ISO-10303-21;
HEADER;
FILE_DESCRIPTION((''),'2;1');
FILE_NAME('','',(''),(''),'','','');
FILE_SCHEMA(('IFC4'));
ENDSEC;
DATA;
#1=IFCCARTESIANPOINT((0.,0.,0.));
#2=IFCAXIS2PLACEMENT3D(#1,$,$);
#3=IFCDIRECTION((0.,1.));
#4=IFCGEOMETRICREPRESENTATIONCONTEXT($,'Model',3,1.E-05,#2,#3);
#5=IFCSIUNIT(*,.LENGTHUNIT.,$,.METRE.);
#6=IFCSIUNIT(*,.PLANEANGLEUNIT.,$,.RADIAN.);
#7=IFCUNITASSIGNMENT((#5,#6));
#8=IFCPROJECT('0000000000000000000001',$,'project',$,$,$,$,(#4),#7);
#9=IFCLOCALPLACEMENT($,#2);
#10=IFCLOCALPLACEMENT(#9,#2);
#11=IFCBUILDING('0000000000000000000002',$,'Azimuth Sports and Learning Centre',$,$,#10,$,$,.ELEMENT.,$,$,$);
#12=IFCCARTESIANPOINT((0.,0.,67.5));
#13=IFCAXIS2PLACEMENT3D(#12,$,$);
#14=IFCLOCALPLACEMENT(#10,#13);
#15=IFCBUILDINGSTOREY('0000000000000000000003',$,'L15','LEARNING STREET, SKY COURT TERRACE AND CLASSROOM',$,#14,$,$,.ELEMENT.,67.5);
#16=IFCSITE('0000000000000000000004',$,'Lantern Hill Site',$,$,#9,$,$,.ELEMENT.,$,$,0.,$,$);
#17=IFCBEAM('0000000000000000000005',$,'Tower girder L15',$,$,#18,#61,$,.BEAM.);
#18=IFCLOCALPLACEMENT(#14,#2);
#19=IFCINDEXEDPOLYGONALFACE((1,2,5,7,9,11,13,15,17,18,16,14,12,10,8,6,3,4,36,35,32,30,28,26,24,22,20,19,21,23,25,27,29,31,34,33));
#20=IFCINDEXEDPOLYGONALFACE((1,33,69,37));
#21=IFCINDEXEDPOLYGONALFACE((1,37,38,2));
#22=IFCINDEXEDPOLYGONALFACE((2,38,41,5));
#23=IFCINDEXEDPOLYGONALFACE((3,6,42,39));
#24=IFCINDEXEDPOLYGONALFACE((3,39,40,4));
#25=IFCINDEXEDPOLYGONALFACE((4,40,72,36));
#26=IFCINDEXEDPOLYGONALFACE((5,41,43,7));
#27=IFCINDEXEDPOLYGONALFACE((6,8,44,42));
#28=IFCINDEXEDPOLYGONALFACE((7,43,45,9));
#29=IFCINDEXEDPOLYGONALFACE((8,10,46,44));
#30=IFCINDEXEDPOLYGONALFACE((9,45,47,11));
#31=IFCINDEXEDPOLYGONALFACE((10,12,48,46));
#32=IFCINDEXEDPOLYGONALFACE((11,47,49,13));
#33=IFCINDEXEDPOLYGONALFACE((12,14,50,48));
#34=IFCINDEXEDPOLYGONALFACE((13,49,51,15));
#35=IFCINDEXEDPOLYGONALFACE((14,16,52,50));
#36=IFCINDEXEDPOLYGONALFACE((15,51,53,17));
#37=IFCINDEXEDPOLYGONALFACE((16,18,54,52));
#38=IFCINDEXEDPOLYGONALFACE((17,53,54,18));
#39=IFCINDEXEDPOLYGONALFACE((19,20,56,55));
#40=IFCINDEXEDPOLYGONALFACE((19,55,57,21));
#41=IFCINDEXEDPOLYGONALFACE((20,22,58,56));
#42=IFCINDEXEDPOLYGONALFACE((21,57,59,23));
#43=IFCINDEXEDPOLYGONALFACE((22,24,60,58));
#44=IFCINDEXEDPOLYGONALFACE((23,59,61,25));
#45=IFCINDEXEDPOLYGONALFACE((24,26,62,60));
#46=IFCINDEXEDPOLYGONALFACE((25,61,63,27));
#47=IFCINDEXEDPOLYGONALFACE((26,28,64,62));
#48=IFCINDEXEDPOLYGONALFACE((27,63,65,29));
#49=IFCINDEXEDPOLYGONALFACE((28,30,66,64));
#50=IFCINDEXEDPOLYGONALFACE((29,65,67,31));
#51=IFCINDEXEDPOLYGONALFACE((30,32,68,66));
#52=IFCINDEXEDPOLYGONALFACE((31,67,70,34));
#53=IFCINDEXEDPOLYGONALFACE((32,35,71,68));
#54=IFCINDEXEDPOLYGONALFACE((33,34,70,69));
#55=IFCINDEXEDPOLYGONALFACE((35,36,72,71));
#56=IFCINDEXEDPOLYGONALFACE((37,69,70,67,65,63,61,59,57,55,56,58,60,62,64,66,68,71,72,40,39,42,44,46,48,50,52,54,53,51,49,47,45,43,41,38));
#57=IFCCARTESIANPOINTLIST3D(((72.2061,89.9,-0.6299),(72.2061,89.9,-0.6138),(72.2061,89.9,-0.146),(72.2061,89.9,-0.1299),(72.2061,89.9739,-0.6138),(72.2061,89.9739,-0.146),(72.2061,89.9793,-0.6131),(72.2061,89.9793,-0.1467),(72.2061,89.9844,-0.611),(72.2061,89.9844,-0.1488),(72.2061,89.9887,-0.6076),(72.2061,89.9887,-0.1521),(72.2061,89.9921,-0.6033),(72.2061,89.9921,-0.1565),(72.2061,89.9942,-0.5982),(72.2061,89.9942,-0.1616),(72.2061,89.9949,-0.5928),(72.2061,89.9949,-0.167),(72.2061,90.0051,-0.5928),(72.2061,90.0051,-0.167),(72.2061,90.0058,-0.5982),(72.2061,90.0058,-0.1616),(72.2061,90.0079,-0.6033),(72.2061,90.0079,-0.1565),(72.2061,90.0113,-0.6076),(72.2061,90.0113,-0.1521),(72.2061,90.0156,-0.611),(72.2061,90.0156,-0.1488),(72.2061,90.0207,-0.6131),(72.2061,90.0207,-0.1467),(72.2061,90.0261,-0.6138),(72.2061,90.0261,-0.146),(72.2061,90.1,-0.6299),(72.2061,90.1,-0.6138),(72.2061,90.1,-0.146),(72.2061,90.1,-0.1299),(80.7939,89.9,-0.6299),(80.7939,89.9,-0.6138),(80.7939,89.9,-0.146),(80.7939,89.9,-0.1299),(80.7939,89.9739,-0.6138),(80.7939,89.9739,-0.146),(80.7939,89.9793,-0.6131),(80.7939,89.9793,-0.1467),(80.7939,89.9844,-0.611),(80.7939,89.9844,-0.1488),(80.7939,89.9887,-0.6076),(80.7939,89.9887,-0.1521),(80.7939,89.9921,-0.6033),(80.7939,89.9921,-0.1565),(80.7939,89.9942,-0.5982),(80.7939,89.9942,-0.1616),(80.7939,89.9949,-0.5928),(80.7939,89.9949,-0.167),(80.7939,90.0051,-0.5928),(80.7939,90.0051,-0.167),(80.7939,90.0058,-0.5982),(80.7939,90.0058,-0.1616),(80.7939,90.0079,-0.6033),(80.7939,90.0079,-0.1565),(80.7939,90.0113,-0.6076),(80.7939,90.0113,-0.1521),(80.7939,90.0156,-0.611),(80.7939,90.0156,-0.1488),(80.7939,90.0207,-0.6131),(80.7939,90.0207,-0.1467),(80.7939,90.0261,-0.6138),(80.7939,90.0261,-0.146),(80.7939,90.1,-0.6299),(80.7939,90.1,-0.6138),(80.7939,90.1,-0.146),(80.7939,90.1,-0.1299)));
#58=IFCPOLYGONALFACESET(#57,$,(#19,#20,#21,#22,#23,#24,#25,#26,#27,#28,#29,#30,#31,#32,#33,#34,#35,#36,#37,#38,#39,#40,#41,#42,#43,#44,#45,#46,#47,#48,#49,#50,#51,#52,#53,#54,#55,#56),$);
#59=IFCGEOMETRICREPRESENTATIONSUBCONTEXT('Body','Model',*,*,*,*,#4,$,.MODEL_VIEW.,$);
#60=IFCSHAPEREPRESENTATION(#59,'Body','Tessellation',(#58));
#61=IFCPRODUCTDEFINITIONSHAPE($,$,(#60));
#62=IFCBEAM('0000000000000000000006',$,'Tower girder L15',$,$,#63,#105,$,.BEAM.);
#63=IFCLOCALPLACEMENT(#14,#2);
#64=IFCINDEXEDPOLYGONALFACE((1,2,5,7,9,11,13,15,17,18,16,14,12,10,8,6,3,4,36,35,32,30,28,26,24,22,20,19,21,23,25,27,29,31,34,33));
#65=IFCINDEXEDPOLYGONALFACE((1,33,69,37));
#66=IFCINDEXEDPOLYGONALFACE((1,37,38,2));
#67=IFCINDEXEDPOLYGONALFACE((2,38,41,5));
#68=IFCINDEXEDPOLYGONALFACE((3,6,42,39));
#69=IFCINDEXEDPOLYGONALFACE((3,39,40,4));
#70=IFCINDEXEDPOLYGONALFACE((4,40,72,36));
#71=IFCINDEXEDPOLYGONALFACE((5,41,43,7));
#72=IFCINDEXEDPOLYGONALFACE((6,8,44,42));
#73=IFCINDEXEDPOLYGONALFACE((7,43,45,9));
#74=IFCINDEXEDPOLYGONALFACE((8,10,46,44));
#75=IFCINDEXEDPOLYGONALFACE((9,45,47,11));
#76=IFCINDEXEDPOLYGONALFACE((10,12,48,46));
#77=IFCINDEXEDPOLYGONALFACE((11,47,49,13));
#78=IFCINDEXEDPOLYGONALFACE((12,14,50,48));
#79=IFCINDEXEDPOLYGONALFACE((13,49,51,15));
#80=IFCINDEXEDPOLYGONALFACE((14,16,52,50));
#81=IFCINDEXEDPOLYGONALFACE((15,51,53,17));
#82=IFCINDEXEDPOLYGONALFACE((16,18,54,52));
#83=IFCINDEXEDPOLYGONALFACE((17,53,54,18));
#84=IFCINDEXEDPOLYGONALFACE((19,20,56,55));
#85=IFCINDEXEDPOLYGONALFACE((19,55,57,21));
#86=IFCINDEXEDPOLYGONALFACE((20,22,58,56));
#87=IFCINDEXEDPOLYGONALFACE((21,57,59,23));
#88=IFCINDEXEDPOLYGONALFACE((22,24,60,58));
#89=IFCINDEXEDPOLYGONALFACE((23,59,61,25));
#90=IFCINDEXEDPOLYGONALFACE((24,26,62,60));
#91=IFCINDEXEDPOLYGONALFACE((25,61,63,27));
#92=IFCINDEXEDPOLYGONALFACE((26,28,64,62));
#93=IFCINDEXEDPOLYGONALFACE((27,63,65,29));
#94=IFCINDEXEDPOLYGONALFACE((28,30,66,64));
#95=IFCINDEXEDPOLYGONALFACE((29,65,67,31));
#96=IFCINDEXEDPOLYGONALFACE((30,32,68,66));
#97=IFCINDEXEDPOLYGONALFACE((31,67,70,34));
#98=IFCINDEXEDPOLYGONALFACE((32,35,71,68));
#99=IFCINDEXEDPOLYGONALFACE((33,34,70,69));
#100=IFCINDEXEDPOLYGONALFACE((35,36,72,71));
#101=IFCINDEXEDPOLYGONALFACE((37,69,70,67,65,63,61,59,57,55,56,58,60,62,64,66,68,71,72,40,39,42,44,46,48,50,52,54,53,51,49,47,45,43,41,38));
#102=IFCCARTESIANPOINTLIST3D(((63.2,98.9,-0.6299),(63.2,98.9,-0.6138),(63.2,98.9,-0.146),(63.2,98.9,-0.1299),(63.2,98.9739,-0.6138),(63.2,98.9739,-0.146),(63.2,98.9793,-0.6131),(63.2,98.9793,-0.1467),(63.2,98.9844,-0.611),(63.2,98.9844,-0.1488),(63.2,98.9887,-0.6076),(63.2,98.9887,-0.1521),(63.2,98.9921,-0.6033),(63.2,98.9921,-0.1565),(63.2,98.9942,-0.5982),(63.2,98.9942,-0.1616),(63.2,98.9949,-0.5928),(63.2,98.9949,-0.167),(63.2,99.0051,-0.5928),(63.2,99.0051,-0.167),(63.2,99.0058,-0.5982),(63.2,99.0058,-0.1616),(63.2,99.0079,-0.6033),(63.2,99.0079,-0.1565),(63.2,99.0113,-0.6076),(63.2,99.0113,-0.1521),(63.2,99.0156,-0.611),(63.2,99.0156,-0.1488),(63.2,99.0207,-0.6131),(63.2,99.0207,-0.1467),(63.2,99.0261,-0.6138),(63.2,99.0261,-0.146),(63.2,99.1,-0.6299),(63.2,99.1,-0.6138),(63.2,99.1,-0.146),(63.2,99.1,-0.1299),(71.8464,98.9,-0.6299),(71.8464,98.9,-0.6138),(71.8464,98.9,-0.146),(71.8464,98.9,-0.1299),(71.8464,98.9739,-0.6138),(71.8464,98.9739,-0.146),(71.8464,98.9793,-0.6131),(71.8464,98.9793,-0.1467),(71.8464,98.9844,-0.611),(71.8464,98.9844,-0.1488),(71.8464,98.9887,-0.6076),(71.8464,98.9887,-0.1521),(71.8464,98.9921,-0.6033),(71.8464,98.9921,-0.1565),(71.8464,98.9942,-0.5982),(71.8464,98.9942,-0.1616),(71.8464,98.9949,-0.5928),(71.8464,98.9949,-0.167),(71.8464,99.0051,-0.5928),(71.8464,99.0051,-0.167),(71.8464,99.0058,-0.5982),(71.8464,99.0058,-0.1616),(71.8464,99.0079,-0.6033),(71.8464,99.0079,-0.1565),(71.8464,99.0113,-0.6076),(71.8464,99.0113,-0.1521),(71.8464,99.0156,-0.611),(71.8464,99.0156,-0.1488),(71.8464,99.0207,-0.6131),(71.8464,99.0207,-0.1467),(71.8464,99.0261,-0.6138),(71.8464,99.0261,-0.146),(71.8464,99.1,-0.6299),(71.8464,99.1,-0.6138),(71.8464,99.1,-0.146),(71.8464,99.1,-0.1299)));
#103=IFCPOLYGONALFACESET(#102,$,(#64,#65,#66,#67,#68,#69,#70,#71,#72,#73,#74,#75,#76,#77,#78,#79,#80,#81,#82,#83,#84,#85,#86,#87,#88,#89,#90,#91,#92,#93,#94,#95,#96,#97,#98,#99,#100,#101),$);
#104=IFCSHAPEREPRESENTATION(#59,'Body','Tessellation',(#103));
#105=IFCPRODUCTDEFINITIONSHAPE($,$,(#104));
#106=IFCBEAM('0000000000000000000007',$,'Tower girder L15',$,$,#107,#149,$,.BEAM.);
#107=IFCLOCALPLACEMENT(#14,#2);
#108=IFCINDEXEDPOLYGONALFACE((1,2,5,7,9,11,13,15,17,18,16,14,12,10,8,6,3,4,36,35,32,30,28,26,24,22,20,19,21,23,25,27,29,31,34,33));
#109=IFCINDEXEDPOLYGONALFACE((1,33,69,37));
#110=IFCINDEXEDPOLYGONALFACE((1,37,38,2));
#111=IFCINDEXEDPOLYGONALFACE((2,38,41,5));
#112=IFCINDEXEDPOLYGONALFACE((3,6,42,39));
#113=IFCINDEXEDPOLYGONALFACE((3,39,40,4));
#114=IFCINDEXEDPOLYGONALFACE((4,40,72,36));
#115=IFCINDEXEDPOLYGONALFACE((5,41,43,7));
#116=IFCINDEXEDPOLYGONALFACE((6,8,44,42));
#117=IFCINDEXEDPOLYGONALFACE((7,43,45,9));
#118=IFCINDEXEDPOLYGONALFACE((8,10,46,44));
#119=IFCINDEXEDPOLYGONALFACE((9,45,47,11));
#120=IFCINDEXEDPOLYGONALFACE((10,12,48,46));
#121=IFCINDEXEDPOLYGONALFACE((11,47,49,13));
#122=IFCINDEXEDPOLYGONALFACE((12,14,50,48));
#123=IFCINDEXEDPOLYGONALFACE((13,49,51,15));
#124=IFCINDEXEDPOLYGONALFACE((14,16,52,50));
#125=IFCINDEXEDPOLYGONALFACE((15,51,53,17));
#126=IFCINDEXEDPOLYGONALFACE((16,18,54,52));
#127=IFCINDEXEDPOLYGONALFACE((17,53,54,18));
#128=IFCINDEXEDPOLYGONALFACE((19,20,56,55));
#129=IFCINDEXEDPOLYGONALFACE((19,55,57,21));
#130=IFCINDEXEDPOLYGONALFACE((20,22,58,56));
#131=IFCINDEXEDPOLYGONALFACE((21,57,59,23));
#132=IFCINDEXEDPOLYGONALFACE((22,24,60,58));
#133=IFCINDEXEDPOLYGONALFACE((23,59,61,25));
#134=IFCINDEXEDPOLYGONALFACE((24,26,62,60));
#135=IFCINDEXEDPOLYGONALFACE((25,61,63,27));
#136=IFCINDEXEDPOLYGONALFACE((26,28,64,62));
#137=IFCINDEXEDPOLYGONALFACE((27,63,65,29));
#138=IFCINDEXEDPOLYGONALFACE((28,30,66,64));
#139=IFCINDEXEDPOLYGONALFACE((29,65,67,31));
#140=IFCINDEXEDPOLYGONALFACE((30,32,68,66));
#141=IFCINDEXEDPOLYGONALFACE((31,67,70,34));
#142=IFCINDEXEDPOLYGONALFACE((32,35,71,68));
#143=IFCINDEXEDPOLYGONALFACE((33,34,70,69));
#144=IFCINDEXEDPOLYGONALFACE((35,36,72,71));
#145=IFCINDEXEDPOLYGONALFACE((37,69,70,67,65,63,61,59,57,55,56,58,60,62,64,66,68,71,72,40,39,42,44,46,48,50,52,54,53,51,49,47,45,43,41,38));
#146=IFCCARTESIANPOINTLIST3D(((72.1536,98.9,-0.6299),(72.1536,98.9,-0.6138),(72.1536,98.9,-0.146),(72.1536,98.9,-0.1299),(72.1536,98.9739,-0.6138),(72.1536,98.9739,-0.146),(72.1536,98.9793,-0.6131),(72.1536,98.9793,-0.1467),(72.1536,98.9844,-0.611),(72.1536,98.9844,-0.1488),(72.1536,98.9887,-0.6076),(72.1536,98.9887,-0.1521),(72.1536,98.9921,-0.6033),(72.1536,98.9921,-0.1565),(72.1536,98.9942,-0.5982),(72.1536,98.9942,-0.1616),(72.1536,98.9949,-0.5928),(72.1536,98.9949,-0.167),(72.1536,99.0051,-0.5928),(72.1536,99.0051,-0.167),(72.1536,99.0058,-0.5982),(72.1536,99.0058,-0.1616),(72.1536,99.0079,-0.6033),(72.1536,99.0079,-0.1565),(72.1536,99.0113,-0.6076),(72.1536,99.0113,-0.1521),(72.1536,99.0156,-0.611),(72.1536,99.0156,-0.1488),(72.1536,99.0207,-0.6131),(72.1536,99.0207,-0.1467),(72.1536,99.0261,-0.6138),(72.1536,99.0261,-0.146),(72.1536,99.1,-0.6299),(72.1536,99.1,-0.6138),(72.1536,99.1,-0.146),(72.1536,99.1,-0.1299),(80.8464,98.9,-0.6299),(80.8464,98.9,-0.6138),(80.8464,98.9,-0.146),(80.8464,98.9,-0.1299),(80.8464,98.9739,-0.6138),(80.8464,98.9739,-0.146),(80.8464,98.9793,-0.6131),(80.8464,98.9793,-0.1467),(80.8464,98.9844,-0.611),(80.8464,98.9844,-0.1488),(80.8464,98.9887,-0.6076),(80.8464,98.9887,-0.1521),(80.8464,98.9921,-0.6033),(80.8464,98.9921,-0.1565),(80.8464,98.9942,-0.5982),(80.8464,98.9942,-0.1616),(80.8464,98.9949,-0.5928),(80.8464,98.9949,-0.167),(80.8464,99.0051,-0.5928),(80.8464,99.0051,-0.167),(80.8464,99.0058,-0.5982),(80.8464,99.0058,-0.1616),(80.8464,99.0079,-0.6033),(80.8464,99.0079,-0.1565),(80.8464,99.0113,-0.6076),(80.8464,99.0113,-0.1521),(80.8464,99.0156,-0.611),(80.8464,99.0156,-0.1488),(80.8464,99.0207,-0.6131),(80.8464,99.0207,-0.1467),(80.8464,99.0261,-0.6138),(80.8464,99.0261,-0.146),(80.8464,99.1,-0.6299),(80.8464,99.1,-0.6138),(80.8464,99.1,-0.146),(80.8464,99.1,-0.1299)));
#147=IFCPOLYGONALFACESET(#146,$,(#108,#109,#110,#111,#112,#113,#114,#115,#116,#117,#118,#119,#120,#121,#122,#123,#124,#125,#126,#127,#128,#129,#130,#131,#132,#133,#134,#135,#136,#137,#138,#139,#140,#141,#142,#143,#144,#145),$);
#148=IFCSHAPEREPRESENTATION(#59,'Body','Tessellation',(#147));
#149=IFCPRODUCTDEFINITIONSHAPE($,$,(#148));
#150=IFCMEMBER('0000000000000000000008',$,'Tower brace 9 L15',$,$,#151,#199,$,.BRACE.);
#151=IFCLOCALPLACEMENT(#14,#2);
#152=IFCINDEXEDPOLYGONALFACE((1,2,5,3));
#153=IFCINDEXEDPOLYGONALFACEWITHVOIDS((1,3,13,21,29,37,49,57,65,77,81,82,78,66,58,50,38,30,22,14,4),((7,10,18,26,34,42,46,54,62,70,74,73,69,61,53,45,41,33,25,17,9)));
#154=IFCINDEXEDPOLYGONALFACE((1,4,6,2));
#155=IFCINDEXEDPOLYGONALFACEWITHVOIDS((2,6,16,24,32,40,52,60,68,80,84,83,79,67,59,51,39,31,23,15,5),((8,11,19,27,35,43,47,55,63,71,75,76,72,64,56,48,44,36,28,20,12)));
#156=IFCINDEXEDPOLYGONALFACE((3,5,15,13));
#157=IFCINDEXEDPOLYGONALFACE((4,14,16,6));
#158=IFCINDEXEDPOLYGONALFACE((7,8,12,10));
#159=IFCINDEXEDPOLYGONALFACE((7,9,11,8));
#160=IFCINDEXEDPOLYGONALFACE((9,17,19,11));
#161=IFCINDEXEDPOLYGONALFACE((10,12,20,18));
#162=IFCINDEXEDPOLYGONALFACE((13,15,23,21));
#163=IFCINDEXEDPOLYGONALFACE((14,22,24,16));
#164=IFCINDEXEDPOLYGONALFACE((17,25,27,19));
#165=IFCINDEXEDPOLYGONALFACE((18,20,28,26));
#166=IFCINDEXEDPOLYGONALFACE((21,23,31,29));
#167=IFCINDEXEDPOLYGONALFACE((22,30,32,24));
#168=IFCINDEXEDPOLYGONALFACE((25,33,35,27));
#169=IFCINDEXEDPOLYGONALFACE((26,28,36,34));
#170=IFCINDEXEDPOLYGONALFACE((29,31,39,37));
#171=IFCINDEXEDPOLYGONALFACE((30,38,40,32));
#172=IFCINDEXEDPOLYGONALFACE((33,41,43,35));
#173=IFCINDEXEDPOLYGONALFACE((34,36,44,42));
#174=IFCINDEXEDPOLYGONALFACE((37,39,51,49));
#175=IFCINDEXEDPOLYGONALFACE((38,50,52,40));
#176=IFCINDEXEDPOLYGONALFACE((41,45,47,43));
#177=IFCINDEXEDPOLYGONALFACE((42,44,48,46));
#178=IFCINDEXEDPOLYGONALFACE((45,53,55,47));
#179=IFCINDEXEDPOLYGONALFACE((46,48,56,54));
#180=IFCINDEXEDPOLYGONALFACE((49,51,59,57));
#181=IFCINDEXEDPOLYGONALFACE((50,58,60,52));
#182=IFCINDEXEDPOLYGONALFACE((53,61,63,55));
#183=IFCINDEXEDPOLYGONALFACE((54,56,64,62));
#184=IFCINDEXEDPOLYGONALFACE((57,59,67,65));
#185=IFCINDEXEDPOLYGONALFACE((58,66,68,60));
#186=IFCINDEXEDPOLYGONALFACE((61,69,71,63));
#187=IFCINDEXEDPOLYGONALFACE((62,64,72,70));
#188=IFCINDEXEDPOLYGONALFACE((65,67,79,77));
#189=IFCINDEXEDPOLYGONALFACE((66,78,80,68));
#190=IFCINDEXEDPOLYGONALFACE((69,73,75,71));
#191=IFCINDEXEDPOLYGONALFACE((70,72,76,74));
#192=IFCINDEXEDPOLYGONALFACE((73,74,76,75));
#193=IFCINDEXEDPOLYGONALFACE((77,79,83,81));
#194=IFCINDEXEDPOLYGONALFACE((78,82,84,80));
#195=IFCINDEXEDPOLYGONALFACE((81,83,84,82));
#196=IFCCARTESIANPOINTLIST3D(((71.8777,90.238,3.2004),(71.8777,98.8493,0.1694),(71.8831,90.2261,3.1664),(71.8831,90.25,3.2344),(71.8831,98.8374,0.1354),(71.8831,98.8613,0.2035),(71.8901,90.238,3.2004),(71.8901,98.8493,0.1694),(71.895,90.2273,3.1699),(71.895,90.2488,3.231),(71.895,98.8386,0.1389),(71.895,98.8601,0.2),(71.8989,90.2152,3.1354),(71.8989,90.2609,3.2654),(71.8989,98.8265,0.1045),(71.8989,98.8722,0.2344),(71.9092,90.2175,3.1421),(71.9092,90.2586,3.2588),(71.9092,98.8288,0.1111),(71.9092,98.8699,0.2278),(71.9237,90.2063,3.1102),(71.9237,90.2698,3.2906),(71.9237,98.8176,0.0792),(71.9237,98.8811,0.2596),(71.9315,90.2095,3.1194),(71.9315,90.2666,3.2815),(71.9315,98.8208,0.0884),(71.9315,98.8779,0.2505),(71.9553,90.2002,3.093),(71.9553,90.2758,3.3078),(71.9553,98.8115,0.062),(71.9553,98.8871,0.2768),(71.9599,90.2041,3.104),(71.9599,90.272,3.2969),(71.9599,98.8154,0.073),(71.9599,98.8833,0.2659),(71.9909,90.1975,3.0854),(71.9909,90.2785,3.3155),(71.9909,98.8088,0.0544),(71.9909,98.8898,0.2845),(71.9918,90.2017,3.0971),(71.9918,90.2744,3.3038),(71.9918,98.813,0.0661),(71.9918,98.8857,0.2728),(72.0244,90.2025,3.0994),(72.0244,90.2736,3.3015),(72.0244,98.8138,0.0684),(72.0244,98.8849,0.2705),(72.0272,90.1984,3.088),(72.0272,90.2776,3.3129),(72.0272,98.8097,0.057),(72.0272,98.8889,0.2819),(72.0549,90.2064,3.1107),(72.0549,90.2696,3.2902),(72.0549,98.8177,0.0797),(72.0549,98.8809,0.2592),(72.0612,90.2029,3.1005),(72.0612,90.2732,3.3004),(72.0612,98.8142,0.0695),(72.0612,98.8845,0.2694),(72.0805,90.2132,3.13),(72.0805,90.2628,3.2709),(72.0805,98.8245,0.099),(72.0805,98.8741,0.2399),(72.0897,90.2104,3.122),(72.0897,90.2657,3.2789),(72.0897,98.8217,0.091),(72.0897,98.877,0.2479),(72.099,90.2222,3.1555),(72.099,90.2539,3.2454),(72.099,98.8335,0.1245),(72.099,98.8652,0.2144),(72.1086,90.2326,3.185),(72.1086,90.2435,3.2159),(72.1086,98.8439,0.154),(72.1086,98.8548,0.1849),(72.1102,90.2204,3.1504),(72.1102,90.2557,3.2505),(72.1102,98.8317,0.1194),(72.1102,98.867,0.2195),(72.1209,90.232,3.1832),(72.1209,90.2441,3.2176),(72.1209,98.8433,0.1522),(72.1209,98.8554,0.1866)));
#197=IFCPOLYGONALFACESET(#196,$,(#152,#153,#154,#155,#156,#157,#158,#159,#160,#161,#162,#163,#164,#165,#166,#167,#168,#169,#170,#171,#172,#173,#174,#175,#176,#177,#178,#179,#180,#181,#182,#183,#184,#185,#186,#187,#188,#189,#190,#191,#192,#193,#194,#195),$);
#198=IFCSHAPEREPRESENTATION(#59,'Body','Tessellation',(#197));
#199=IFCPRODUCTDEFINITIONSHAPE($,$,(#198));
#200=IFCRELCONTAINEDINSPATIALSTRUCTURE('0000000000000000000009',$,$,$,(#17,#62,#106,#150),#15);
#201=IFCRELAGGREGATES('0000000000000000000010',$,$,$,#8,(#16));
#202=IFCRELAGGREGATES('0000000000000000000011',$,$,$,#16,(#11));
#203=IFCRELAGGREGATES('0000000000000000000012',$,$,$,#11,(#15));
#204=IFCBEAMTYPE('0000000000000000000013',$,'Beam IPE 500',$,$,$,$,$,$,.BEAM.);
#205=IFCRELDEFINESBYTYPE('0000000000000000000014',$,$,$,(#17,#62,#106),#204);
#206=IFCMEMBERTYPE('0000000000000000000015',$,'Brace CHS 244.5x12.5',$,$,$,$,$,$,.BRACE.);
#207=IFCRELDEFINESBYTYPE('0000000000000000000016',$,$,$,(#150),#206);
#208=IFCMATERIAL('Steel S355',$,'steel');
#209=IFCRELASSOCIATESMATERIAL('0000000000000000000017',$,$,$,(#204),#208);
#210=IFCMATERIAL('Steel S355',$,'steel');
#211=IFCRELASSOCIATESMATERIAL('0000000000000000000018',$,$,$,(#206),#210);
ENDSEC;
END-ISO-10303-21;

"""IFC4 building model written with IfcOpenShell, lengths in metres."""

from ifc_helpers import new_model, si_unit, direction, frame, origin, origin_2d, place, context, subcontext, project, spatial, hollow_circle, i_section, extrude, material, material_profile, profile_set, type_object, element, save


model = new_model("IFC4")

# Units and contexts
model_context = context("Model", 3, precision=1e-05, world=origin(), true_north=direction((0.0, 1.0)))
body_context = subcontext(model_context, "Body", "Model", "MODEL_VIEW")
ifc_project = project(units=[si_unit("LENGTHUNIT", "METRE"), si_unit("PLANEANGLEUNIT", "RADIAN")], contexts=[model_context])

# Site, building, storey
site_placement = place(None, origin())
site = spatial("IfcSite", under=ifc_project, at=site_placement, Name="Lantern Hill Site", CompositionType="ELEMENT", RefElevation=0.0)
building_placement = place(site_placement, origin())
building = spatial("IfcBuilding", under=site, at=building_placement, Name="Azimuth Sports and Learning Centre", CompositionType="ELEMENT")
storey_placement = place(building_placement, frame((0.0, 0.0, 67.5)))
storey = spatial("IfcBuildingStorey", under=building, at=storey_placement, Name="L15", Description="LEARNING STREET, SKY COURT TERRACE AND CLASSROOM", CompositionType="ELEMENT", Elevation=67.5)

# Beams
ifc_material_1 = material(Name="Steel S355", Category="steel")
ifc_material_profile_1 = material_profile(ifc_material_1, i_section(OverallWidth=0.2, OverallDepth=0.5, WebThickness=0.0103, FlangeThickness=0.0161, FilletRadius=0.021, at=origin_2d()), Name="IPE 500")
ifc_profile_set_1 = profile_set([ifc_material_profile_1], Name="Steel S355")
beam_type_1 = type_object("IfcBeamType", Name="Beam IPE 500", PredefinedType="BEAM", material=ifc_profile_set_1)
beam_1_placement = place(storey_placement, frame((72.2061, 90.0, -0.3799), z_axis=(1.0, 0.0, 0.0), x_axis=(0.0, 1.0, 0.0)))
element("IfcBeam", 1, at=beam_1_placement, inside=storey, type_object=beam_type_1, Name="Tower girder L15", PredefinedType="BEAM", context=body_context, shape_type="SweptSolid", body=[
    extrude(i_section(OverallWidth=0.2, OverallDepth=0.5, WebThickness=0.0103, FlangeThickness=0.0161, FilletRadius=0.021, at=origin_2d()), origin(), (0.0, 0.0, 1.0), 8.5879),
])
beam_2_placement = place(storey_placement, frame((63.2, 99.0, -0.3799), z_axis=(1.0, 0.0, 0.0), x_axis=(0.0, 1.0, 0.0)))
element("IfcBeam", 2, at=beam_2_placement, inside=storey, type_object=beam_type_1, Name="Tower girder L15", PredefinedType="BEAM", context=body_context, shape_type="SweptSolid", body=[
    extrude(i_section(OverallWidth=0.2, OverallDepth=0.5, WebThickness=0.0103, FlangeThickness=0.0161, FilletRadius=0.021, at=origin_2d()), origin(), (0.0, 0.0, 1.0), 8.6465),
])
beam_3_placement = place(storey_placement, frame((72.1536, 99.0, -0.3799), z_axis=(1.0, 0.0, 0.0), x_axis=(0.0, 1.0, 0.0)))
element("IfcBeam", 3, at=beam_3_placement, inside=storey, type_object=beam_type_1, Name="Tower girder L15", PredefinedType="BEAM", context=body_context, shape_type="SweptSolid", body=[
    extrude(i_section(OverallWidth=0.2, OverallDepth=0.5, WebThickness=0.0103, FlangeThickness=0.0161, FilletRadius=0.021, at=origin_2d()), origin(), (0.0, 0.0, 1.0), 8.6929),
])

# Member
ifc_material_2 = material(Name="Steel S355", Category="steel")
ifc_material_profile_2 = material_profile(ifc_material_2, hollow_circle(Radius=0.1223, WallThickness=0.0125, at=origin_2d()), Name="CHS 244.5x12.5")
ifc_profile_set_2 = profile_set([ifc_material_profile_2], Name="Steel S355")
member_type_1 = type_object("IfcMemberType", Name="Brace CHS 244.5x12.5", PredefinedType="BRACE", material=ifc_profile_set_2)
member_1_placement = place(storey_placement, frame((72.0, 90.238, 3.2004), z_axis=(0.0, 0.943275, -0.332013), x_axis=(-1.0, 0.0, 0.0)))
element("IfcMember", 4, at=member_1_placement, inside=storey, type_object=member_type_1, Name="Tower brace 9 L15", PredefinedType="BRACE", context=body_context, shape_type="SweptSolid", body=[
    extrude(hollow_circle(Radius=0.1223, WallThickness=0.0125, at=origin_2d()), origin(), (0.0, 0.0, 1.0), 9.1292),
])

save(model, "model.ifc")
